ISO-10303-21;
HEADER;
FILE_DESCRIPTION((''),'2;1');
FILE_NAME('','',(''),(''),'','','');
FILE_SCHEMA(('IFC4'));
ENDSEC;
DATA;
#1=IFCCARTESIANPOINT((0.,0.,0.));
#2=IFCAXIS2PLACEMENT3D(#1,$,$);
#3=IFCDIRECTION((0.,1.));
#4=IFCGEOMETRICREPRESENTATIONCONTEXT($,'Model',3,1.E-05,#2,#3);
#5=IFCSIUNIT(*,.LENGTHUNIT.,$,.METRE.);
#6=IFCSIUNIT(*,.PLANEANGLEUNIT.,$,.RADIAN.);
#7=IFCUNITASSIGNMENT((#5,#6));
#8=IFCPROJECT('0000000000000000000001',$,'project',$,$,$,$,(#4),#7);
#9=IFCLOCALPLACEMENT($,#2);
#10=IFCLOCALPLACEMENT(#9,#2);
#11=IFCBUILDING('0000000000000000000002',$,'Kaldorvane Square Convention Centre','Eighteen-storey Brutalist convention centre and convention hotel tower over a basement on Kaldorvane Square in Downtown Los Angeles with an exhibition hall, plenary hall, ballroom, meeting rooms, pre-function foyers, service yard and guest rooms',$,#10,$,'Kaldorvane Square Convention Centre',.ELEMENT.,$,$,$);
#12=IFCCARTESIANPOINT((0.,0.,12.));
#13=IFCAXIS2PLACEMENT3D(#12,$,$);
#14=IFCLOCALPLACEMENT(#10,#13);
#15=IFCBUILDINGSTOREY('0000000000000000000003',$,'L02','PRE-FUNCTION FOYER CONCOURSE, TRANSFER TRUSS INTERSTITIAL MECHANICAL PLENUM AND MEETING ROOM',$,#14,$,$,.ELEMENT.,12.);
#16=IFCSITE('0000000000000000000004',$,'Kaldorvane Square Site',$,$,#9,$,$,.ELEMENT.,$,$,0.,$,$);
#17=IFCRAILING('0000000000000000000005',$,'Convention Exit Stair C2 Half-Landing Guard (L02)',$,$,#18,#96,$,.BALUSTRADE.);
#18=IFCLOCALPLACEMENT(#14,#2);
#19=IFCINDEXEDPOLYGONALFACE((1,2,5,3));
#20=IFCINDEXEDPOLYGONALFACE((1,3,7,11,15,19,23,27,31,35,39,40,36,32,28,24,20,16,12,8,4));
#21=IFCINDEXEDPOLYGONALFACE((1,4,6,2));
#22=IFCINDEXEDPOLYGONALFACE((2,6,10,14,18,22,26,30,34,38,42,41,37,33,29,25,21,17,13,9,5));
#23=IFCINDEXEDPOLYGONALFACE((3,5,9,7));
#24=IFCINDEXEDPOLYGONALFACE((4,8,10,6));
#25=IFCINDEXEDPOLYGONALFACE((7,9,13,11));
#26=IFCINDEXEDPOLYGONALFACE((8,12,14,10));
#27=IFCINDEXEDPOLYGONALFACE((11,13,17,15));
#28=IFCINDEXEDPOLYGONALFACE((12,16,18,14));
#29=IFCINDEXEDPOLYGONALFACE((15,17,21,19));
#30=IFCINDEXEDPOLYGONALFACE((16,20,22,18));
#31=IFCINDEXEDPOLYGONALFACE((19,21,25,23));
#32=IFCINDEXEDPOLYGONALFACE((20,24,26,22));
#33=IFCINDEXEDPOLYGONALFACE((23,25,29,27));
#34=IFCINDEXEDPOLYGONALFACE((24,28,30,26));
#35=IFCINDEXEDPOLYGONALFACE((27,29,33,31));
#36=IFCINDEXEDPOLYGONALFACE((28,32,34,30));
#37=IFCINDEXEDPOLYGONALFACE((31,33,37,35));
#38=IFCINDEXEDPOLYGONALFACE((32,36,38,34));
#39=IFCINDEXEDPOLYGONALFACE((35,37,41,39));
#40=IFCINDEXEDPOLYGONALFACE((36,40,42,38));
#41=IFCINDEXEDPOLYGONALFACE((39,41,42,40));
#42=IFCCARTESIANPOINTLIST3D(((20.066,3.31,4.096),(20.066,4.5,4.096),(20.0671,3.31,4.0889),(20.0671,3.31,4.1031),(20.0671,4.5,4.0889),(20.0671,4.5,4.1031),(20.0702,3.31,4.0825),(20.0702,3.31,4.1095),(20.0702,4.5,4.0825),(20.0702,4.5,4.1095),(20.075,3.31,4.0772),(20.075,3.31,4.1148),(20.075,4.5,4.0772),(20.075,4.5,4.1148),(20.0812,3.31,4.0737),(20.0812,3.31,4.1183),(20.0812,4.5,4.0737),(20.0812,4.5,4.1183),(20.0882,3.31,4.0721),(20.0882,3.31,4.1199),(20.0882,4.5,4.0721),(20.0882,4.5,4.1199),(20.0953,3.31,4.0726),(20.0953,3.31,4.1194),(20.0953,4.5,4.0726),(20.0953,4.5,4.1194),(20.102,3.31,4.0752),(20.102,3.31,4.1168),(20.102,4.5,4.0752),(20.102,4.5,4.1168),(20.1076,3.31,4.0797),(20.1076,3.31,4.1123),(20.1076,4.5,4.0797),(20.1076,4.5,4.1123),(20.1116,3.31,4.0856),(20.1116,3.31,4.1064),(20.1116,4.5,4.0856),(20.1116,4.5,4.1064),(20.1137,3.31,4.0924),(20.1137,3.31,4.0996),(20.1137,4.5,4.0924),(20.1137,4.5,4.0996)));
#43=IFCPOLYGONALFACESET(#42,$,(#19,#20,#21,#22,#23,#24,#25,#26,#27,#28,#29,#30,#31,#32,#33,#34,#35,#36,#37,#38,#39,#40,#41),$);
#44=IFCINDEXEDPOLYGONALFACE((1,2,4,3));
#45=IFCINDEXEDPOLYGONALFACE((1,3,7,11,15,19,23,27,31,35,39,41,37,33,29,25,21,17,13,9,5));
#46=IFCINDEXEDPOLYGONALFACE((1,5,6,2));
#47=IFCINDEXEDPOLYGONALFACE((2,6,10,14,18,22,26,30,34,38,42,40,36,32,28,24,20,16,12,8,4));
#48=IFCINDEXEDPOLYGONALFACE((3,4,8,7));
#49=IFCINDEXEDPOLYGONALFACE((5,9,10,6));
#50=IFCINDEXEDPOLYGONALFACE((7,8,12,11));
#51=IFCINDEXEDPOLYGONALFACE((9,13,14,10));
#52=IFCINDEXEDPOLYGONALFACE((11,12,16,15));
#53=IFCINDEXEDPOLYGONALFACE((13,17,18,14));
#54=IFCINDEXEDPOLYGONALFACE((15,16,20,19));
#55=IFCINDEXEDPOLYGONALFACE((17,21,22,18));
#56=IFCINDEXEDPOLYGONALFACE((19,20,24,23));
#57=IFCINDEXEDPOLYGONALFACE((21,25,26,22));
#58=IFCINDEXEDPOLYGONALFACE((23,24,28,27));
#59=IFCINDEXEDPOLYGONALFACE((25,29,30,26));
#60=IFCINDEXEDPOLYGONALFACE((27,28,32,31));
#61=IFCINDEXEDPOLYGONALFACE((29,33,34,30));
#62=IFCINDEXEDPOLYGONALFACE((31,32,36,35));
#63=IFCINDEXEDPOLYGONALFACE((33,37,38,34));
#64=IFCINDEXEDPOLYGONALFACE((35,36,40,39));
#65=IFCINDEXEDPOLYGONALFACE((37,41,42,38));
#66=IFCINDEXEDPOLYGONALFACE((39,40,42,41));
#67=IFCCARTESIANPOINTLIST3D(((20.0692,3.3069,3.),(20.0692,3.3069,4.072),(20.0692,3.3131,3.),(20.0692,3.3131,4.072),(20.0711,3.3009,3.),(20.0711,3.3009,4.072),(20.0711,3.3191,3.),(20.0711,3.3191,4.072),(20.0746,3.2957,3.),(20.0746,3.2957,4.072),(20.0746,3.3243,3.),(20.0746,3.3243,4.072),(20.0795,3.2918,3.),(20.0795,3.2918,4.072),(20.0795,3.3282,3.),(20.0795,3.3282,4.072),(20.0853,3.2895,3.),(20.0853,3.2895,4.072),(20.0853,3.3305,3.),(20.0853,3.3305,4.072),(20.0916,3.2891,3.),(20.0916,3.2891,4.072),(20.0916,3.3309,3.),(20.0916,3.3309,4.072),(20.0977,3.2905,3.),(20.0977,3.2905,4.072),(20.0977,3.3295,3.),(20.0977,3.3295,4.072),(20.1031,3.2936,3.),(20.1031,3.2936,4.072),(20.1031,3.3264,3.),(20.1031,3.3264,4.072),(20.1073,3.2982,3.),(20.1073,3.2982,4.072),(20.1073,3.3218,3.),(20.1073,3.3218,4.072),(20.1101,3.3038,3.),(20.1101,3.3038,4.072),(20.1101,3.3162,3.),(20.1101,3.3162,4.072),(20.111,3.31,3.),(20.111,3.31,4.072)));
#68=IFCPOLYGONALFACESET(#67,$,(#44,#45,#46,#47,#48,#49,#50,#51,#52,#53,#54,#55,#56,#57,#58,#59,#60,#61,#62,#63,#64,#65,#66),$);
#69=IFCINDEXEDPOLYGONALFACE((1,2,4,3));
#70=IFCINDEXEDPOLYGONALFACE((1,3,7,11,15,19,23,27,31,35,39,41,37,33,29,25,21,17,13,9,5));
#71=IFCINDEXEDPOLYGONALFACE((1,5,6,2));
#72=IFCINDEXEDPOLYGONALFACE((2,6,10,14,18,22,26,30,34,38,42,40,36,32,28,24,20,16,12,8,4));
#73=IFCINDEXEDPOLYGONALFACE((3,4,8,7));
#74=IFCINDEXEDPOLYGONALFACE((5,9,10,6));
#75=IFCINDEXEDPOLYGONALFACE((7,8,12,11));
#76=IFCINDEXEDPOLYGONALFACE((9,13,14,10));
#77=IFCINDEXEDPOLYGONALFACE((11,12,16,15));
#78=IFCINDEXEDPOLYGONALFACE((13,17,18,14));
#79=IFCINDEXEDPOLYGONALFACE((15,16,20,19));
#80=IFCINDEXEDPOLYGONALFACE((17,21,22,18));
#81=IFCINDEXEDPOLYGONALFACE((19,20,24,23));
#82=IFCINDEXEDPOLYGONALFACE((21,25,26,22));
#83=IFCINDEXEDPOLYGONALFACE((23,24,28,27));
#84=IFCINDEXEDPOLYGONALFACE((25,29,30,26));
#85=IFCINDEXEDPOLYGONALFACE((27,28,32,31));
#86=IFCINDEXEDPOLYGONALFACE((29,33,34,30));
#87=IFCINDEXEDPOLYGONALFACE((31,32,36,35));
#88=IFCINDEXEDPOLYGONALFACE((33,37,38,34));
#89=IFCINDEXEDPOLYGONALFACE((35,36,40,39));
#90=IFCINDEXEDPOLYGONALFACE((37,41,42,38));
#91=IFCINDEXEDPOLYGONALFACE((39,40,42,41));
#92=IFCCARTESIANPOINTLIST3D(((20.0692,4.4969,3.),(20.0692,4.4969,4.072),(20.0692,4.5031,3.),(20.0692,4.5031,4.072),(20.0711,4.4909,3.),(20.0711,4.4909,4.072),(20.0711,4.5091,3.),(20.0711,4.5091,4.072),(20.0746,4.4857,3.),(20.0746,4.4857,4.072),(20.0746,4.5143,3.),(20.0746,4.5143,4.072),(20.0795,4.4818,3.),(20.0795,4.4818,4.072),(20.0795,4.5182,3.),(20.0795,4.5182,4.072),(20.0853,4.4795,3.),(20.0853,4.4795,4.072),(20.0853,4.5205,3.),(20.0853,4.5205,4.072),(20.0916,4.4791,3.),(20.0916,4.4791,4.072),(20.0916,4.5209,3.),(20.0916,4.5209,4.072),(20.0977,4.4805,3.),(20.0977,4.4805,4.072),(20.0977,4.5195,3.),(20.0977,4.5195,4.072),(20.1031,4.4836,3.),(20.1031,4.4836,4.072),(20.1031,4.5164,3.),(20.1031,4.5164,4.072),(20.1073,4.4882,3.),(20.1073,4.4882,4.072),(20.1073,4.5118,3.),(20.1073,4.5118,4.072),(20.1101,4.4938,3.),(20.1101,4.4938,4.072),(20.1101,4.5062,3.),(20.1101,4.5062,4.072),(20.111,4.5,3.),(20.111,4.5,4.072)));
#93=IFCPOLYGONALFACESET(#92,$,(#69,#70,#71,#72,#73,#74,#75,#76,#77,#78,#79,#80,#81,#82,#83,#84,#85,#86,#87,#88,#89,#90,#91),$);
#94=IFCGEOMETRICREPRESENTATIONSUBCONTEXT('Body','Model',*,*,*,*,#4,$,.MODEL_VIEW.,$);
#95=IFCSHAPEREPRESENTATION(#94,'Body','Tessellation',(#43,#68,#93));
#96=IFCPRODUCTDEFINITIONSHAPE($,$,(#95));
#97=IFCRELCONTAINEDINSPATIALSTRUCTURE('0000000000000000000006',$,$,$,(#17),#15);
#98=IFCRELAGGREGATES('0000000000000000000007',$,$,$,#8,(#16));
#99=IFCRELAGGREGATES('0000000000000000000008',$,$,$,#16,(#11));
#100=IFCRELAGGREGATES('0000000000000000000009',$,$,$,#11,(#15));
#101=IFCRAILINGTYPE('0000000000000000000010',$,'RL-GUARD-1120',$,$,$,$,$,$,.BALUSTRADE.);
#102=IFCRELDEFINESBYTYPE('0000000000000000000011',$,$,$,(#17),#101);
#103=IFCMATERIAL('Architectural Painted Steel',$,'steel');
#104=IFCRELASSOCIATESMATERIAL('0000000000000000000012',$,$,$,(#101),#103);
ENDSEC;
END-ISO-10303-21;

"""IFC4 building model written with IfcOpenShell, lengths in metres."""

from ifc_helpers import new_model, si_unit, direction, frame, origin, origin_2d, place, context, subcontext, project, spatial, circle, extrude, material, type_object, element, save


model = new_model("IFC4")

# Units and contexts
model_context = context("Model", 3, precision=1e-05, world=origin(), true_north=direction((0.0, 1.0)))
body_context = subcontext(model_context, "Body", "Model", "MODEL_VIEW")
ifc_project = project(units=[si_unit("LENGTHUNIT", "METRE"), si_unit("PLANEANGLEUNIT", "RADIAN")], contexts=[model_context])

# Site, building, storey
site_placement = place(None, origin())
site = spatial("IfcSite", under=ifc_project, at=site_placement, Name="Kaldorvane Square Site", CompositionType="ELEMENT", RefElevation=0.0)
building_placement = place(site_placement, origin())
building = spatial("IfcBuilding", under=site, at=building_placement, Name="Kaldorvane Square Convention Centre", Description="Eighteen-storey Brutalist convention centre and convention hotel tower over a basement on Kaldorvane Square in Downtown Los Angeles with an exhibition hall, plenary hall, ballroom, meeting rooms, pre-function foyers, service yard and guest rooms", LongName="Kaldorvane Square Convention Centre", CompositionType="ELEMENT")
storey_placement = place(building_placement, frame((0.0, 0.0, 12.0)))
storey = spatial("IfcBuildingStorey", under=building, at=storey_placement, Name="L02", Description="PRE-FUNCTION FOYER CONCOURSE, TRANSFER TRUSS INTERSTITIAL MECHANICAL PLENUM AND MEETING ROOM", CompositionType="ELEMENT", Elevation=12.0)

# Railing
ifc_material_1 = material(Name="Architectural Painted Steel", Category="steel")
railing_type_1 = type_object("IfcRailingType", Name="RL-GUARD-1120", PredefinedType="BALUSTRADE", material=ifc_material_1)
railing_1_placement = place(storey_placement, frame((20.09, 3.31, 3.0)))
element("IfcRailing", 1, at=railing_1_placement, inside=storey, type_object=railing_type_1, Name="Convention Exit Stair C2 Half-Landing Guard (L02)", PredefinedType="BALUSTRADE", context=body_context, shape_type="SweptSolid", body=[
    extrude(circle(Radius=0.024, at=origin_2d()), frame((0.0, 0.0, 1.096), z_axis=(0.0, 1.0, 0.0), x_axis=(-1.0, 0.0, 0.0)), (0.0, 0.0, 1.0), 1.19),
    extrude(circle(Radius=0.021, at=origin_2d()), origin(), (0.0, 0.0, 1.0), 1.072),
    extrude(circle(Radius=0.021, at=origin_2d()), frame((0.0, 1.19, 0.0)), (0.0, 0.0, 1.0), 1.072),
])

save(model, "model.ifc")
